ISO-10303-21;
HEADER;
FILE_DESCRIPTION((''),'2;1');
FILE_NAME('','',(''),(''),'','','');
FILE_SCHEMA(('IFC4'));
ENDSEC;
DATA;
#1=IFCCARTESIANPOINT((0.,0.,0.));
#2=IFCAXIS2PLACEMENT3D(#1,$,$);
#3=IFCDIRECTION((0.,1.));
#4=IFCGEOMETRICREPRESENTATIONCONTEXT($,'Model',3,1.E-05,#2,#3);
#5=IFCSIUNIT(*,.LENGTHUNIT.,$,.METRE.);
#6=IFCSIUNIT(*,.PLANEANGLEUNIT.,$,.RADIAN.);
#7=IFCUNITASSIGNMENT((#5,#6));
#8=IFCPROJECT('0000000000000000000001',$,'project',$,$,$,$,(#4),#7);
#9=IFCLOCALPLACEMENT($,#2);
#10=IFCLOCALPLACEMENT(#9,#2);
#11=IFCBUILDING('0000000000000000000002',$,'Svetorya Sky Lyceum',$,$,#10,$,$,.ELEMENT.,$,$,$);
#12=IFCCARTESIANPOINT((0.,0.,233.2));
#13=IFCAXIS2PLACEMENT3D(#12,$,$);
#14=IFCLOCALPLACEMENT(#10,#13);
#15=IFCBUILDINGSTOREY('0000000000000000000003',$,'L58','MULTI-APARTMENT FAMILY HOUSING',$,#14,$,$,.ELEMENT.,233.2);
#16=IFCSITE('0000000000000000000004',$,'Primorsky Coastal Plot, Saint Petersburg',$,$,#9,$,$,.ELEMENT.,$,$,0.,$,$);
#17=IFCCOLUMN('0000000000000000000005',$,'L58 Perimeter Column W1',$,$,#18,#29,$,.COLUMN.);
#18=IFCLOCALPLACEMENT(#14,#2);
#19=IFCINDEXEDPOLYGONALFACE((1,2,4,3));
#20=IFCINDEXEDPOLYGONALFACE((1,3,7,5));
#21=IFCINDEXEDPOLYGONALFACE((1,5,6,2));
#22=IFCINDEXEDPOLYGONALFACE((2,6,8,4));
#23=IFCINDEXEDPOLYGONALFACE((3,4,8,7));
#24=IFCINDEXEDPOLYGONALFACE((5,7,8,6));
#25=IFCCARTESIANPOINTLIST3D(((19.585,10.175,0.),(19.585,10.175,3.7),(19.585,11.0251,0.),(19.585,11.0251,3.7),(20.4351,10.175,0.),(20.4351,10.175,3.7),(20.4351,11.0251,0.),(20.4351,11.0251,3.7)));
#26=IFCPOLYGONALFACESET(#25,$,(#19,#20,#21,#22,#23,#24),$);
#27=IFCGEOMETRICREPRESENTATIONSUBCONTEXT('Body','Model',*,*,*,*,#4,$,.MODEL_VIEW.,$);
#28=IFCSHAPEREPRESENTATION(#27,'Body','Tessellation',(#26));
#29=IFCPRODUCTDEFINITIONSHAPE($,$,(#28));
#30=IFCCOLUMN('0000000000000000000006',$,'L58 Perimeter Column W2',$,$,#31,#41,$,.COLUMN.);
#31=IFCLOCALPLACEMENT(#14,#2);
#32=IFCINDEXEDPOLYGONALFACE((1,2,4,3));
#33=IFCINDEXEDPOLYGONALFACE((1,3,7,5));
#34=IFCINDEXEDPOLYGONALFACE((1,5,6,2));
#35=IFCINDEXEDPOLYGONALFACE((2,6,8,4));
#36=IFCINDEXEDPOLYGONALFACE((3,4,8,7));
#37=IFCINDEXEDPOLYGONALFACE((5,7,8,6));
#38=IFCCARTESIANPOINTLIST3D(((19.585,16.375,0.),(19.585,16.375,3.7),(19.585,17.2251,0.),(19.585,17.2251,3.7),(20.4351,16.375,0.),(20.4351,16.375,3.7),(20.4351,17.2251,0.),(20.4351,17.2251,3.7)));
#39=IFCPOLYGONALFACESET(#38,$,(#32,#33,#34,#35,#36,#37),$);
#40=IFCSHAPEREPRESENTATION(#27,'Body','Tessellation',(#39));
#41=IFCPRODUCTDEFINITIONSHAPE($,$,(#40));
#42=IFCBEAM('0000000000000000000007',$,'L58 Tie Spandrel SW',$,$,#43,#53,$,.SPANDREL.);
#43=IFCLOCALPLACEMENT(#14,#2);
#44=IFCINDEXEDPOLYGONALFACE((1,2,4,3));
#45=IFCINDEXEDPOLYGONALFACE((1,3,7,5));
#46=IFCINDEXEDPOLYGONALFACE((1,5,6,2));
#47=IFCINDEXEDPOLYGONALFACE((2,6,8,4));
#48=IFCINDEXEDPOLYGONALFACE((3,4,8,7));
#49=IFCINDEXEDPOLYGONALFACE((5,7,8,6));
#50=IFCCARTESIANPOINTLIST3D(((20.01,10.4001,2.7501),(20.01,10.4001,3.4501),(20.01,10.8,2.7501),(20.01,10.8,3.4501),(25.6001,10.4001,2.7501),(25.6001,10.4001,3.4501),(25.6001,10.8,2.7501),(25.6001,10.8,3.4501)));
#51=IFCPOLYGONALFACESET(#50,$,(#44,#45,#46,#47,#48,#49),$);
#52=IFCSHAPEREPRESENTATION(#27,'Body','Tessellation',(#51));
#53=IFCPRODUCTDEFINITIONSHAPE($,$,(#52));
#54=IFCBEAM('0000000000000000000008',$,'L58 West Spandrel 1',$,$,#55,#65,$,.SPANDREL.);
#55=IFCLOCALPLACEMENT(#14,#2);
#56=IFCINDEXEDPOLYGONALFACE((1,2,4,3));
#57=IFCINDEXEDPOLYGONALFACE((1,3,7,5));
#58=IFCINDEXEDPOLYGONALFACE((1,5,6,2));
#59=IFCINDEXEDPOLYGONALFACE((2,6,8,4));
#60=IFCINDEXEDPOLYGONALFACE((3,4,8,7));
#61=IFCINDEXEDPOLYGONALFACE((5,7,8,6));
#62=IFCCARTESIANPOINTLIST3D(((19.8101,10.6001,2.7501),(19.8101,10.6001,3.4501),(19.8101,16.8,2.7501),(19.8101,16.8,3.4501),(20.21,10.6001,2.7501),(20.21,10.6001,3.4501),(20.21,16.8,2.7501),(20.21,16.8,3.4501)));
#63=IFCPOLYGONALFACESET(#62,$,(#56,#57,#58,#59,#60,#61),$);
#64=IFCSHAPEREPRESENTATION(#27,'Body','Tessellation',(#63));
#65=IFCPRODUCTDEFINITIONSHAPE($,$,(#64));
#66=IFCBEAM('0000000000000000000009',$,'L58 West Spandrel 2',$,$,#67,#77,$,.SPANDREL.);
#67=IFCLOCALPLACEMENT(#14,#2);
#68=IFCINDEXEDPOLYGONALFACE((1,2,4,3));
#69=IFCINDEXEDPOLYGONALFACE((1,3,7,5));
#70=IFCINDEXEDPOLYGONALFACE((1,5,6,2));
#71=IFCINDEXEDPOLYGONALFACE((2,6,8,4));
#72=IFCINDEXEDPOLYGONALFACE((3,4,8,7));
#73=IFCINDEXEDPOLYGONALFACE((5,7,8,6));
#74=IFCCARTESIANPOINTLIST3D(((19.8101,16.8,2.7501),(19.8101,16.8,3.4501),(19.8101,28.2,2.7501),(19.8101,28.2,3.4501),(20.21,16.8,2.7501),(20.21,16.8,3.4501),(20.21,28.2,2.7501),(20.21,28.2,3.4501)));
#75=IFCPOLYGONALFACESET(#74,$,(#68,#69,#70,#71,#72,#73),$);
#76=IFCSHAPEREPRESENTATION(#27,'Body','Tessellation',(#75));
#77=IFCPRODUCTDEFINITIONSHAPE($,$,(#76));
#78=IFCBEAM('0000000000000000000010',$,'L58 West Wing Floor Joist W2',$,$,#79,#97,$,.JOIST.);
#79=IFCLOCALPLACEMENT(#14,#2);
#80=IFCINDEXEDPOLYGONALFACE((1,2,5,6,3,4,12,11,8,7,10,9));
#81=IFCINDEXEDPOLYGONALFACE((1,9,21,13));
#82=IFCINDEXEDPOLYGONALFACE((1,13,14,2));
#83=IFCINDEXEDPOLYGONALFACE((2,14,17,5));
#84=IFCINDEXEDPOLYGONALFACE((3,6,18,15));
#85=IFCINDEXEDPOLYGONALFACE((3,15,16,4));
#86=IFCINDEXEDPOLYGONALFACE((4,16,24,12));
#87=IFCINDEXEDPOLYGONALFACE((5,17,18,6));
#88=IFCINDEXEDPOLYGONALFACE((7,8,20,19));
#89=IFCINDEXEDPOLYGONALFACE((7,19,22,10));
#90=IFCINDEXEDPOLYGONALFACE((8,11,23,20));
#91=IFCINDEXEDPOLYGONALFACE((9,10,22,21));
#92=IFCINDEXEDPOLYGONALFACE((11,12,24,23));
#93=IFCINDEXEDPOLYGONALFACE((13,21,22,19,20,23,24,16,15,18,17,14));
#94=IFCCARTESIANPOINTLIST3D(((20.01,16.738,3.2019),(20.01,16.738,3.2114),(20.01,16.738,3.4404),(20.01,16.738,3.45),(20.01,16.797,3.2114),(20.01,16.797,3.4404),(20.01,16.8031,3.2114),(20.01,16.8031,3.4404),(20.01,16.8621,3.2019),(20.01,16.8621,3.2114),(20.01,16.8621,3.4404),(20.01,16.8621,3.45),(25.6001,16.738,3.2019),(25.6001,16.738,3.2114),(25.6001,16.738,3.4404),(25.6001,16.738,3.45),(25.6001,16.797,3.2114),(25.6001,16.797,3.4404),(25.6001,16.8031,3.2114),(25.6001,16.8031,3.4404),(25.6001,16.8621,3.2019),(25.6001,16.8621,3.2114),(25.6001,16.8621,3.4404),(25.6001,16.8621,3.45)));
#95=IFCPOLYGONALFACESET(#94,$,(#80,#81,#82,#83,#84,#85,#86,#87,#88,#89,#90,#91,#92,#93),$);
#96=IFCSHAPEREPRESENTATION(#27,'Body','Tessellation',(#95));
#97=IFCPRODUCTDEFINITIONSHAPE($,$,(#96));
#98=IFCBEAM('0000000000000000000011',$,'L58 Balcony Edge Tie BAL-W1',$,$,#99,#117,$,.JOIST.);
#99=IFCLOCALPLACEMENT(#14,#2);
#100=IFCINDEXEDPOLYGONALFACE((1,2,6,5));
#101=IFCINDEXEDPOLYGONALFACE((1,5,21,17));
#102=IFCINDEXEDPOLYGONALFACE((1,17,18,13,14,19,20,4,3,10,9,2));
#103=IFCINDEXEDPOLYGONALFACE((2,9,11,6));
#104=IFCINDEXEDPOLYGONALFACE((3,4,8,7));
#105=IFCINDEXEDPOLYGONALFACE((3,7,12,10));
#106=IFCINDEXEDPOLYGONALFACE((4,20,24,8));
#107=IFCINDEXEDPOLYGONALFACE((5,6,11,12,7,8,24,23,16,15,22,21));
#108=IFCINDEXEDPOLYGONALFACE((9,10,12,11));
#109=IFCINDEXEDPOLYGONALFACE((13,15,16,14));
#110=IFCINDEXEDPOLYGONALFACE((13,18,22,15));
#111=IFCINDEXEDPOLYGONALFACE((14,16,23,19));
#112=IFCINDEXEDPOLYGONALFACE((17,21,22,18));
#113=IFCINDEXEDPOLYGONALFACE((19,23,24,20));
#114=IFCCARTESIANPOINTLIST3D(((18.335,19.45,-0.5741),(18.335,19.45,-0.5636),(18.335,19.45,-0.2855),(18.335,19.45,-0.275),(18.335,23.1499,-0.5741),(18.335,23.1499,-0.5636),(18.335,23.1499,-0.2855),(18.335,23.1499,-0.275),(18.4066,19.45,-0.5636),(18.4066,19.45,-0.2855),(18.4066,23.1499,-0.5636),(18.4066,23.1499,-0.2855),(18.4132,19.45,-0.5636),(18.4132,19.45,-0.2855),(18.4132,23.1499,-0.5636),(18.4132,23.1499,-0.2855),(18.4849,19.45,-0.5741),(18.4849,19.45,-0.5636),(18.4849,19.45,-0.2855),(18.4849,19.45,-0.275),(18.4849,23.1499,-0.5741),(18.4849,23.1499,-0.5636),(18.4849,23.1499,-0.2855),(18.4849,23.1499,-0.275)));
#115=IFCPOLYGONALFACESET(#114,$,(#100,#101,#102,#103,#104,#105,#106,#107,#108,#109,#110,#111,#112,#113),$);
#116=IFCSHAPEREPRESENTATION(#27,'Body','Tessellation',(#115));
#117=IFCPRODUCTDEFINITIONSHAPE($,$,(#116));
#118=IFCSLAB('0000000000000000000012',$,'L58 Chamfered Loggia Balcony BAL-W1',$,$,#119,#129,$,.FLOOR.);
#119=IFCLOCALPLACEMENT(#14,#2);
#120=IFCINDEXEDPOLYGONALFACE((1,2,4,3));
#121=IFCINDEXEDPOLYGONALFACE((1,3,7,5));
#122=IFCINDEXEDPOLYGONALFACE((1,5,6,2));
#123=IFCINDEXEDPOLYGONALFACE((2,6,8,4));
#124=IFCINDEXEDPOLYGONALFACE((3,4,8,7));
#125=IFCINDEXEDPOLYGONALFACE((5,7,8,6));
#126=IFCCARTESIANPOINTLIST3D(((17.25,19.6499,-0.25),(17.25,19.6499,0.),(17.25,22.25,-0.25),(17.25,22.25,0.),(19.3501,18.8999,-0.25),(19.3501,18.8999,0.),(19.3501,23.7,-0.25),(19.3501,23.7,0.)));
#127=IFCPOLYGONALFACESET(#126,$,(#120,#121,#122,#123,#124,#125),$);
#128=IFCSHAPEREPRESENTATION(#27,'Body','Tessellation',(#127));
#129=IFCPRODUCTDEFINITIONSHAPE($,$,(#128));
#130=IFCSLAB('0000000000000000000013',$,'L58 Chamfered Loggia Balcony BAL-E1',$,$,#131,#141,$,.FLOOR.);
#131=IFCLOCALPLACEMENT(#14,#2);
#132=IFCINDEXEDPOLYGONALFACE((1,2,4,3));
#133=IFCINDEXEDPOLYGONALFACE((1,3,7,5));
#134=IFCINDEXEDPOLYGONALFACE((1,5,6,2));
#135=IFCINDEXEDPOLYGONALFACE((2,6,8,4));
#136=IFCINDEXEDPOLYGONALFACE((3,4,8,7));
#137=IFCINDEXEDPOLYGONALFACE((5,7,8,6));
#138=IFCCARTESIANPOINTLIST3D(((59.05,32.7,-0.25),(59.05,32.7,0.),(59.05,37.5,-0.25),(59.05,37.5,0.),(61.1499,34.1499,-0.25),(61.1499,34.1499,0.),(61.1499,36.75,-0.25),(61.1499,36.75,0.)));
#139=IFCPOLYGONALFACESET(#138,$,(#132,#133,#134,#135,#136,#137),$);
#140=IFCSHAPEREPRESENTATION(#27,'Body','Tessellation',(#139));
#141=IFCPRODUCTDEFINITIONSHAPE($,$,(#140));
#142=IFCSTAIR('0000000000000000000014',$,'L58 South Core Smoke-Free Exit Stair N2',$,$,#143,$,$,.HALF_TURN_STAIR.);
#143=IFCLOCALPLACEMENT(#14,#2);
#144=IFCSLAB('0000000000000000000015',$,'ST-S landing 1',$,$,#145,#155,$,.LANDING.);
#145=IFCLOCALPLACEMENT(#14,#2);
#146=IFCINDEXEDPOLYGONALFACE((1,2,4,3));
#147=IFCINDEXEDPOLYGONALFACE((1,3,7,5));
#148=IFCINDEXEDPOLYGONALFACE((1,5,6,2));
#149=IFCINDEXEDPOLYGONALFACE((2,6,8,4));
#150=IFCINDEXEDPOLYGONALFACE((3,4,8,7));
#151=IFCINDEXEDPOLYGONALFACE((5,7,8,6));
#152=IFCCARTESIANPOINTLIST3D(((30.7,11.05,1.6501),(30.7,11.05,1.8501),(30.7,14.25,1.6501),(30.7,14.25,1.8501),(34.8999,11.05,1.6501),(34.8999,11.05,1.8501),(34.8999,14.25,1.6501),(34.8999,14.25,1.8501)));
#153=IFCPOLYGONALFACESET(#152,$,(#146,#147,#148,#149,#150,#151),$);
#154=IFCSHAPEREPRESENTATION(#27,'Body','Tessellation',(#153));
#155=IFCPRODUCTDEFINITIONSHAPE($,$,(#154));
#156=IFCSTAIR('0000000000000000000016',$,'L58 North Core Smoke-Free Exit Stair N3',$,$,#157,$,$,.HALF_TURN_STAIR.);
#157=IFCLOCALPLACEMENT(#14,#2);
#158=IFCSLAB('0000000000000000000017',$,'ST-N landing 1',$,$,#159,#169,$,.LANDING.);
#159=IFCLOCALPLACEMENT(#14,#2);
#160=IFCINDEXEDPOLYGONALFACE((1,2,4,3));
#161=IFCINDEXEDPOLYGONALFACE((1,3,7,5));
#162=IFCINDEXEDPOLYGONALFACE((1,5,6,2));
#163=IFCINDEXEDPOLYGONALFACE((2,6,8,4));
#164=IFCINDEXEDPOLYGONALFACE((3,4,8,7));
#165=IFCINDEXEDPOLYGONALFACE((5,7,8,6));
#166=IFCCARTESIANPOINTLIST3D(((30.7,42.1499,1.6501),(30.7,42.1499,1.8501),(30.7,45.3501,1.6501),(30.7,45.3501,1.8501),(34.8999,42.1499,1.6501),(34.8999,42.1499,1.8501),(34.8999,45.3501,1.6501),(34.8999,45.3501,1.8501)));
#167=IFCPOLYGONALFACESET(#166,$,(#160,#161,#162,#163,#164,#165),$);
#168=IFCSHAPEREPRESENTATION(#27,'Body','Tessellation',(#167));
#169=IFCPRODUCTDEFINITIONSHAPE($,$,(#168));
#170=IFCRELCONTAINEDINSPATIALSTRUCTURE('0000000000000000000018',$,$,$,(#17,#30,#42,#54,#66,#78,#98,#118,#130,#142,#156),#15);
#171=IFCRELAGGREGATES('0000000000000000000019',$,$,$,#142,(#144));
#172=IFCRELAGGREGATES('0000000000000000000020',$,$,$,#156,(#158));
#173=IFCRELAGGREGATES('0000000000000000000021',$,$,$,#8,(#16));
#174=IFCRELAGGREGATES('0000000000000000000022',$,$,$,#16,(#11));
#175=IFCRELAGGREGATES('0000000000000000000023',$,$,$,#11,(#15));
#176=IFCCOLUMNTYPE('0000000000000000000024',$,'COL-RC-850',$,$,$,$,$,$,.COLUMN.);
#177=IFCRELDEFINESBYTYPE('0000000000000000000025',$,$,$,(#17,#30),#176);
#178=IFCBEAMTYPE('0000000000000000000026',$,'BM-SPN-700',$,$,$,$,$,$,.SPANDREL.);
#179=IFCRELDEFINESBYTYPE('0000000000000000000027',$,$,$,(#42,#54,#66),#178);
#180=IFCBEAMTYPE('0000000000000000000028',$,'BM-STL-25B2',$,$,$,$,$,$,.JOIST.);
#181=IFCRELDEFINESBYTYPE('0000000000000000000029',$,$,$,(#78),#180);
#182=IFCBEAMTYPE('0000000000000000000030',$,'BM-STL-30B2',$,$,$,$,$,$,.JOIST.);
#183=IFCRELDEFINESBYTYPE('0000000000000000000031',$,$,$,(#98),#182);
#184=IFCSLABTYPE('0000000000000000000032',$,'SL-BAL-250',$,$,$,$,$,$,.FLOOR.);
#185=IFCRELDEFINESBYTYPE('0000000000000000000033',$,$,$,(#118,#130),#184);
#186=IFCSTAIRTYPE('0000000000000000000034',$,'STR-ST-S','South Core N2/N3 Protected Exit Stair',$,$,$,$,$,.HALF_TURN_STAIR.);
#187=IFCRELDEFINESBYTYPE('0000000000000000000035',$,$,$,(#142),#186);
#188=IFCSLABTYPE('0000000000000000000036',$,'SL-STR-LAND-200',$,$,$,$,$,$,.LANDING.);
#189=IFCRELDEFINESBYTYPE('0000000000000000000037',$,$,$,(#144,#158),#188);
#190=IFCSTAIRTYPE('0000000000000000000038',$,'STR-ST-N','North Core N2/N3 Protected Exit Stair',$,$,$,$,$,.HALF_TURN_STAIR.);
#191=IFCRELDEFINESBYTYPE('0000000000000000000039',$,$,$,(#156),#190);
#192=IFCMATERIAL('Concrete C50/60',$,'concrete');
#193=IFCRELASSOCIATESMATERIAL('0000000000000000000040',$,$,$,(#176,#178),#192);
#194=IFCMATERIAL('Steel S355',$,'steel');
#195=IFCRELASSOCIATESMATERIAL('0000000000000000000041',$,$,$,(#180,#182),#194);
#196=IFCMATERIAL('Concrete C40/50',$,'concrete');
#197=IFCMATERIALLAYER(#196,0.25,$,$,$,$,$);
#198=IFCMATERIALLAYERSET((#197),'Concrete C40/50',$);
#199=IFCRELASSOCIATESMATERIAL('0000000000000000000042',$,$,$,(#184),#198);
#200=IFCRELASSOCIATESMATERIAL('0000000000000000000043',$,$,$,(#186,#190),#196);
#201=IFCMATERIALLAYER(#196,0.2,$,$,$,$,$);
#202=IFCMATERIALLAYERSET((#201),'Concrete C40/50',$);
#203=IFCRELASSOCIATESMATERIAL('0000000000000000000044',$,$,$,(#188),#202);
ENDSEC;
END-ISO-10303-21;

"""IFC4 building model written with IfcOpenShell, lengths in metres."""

from ifc_helpers import new_model, si_unit, direction, frame, origin, origin_2d, place, context, subcontext, project, spatial, polyline, rectangle, i_section, outline, extrude, material, layer, layer_set, material_profile, profile_set, type_object, element, aggregate, save


model = new_model("IFC4")

# Units and contexts
model_context = context("Model", 3, precision=1e-05, world=origin(), true_north=direction((0.0, 1.0)))
body_context = subcontext(model_context, "Body", "Model", "MODEL_VIEW")
ifc_project = project(units=[si_unit("LENGTHUNIT", "METRE"), si_unit("PLANEANGLEUNIT", "RADIAN")], contexts=[model_context])

# Site, building, storey
site_placement = place(None, origin())
site = spatial("IfcSite", under=ifc_project, at=site_placement, Name="Primorsky Coastal Plot, Saint Petersburg", CompositionType="ELEMENT", RefElevation=0.0)
building_placement = place(site_placement, origin())
building = spatial("IfcBuilding", under=site, at=building_placement, Name="Svetorya Sky Lyceum", CompositionType="ELEMENT")
storey_placement = place(building_placement, frame((0.0, 0.0, 233.2)))
storey = spatial("IfcBuildingStorey", under=building, at=storey_placement, Name="L58", Description="MULTI-APARTMENT FAMILY HOUSING", CompositionType="ELEMENT", Elevation=233.2)

# Columns
ifc_material_1 = material(Name="Concrete C50/60", Category="concrete")
ifc_material_profile_1 = material_profile(ifc_material_1, rectangle(XDim=0.8501, YDim=0.8501, at=origin_2d()), Name="RC COL 850x850")
ifc_profile_set_1 = profile_set([ifc_material_profile_1], Name="Concrete C50/60")
column_type = type_object("IfcColumnType", Name="COL-RC-850", PredefinedType="COLUMN", material=ifc_profile_set_1)
for number, where, z_axis, x_axis, name in (
    (1, (20.01, 10.6001, 0.0), (0.0, 0.0, 1.0), (1.0, 0.0, 0.0), "L58 Perimeter Column W1"),
    (2, (20.01, 16.8, 0.0), (0.0, 0.0, 1.0), (1.0, 0.0, 0.0), "L58 Perimeter Column W2"),
):
    element("IfcColumn", number, at=place(storey_placement, frame(where, z_axis=z_axis, x_axis=x_axis)), inside=storey, type_object=column_type, Name=name, PredefinedType="COLUMN", context=body_context, shape_type="SweptSolid", body=[
        extrude(rectangle(XDim=0.8501, YDim=0.8501, at=origin_2d()), origin(), (0.0, 0.0, 1.0), 3.7),
    ])

# Beams
ifc_material_profile_2 = material_profile(ifc_material_1, rectangle(XDim=0.3999, YDim=0.7, at=origin_2d()), Name="RC SPANDREL 400x700")
ifc_profile_set_2 = profile_set([ifc_material_profile_2], Name="Concrete C50/60")
beam_type_1 = type_object("IfcBeamType", Name="BM-SPN-700", PredefinedType="SPANDREL", material=ifc_profile_set_2)
beam_1_placement = place(storey_placement, frame((20.01, 10.6001, 3.1001), z_axis=(1.0, 0.0, 0.0), x_axis=(0.0, 1.0, 0.0)))
element("IfcBeam", 3, at=beam_1_placement, inside=storey, type_object=beam_type_1, Name="L58 Tie Spandrel SW", PredefinedType="SPANDREL", context=body_context, shape_type="SweptSolid", body=[
    extrude(rectangle(XDim=0.3999, YDim=0.7, at=origin_2d()), origin(), (0.0, 0.0, 1.0), 5.5901),
])
beam_2_placement = place(storey_placement, frame((20.01, 10.6001, 3.1001), z_axis=(0.0, 1.0, 0.0), x_axis=(-1.0, 0.0, 0.0)))
element("IfcBeam", 4, at=beam_2_placement, inside=storey, type_object=beam_type_1, Name="L58 West Spandrel 1", PredefinedType="SPANDREL", context=body_context, shape_type="SweptSolid", body=[
    extrude(rectangle(XDim=0.3999, YDim=0.7, at=origin_2d()), origin(), (0.0, 0.0, 1.0), 6.2),
])
beam_3_placement = place(storey_placement, frame((20.01, 16.8, 3.1001), z_axis=(0.0, 1.0, 0.0), x_axis=(-1.0, 0.0, 0.0)))
element("IfcBeam", 5, at=beam_3_placement, inside=storey, type_object=beam_type_1, Name="L58 West Spandrel 2", PredefinedType="SPANDREL", context=body_context, shape_type="SweptSolid", body=[
    extrude(rectangle(XDim=0.3999, YDim=0.7, at=origin_2d()), origin(), (0.0, 0.0, 1.0), 11.3999),
])
ifc_material_2 = material(Name="Steel S355", Category="steel")
ifc_material_profile_3 = material_profile(ifc_material_2, i_section(OverallWidth=0.124, OverallDepth=0.248, WebThickness=0.0061, FlangeThickness=0.0095, at=origin_2d()), Name="GOST 25B2")
ifc_profile_set_3 = profile_set([ifc_material_profile_3], Name="Steel S355")
beam_type_2 = type_object("IfcBeamType", Name="BM-STL-25B2", PredefinedType="JOIST", material=ifc_profile_set_3)
beam_4_placement = place(storey_placement, frame((20.01, 16.8, 3.3259), z_axis=(1.0, 0.0, 0.0), x_axis=(0.0, 1.0, 0.0)))
element("IfcBeam", 6, at=beam_4_placement, inside=storey, type_object=beam_type_2, Name="L58 West Wing Floor Joist W2", PredefinedType="JOIST", context=body_context, shape_type="SweptSolid", body=[
    extrude(i_section(OverallWidth=0.124, OverallDepth=0.248, WebThickness=0.0061, FlangeThickness=0.0095, at=origin_2d()), origin(), (0.0, 0.0, 1.0), 5.5901),
])
ifc_material_profile_4 = material_profile(ifc_material_2, i_section(OverallWidth=0.1499, OverallDepth=0.2991, WebThickness=0.0066, FlangeThickness=0.0105, at=origin_2d()), Name="GOST 30B2")
ifc_profile_set_4 = profile_set([ifc_material_profile_4], Name="Steel S355")
beam_type_3 = type_object("IfcBeamType", Name="BM-STL-30B2", PredefinedType="JOIST", material=ifc_profile_set_4)
beam_5_placement = place(storey_placement, frame((18.4099, 19.45, -0.4246), z_axis=(0.0, 1.0, 0.0), x_axis=(-1.0, 0.0, 0.0)))
element("IfcBeam", 7, at=beam_5_placement, inside=storey, type_object=beam_type_3, Name="L58 Balcony Edge Tie BAL-W1", PredefinedType="JOIST", context=body_context, shape_type="SweptSolid", body=[
    extrude(i_section(OverallWidth=0.1499, OverallDepth=0.2991, WebThickness=0.0066, FlangeThickness=0.0105, at=origin_2d()), origin(), (0.0, 0.0, 1.0), 3.7),
])

# Slabs
ifc_material_3 = material(Name="Concrete C40/50", Category="concrete")
ifc_layer_1 = layer(ifc_material_3, 0.25)
ifc_layer_set_1 = layer_set([ifc_layer_1], Name="Concrete C40/50")
slab_type_1 = type_object("IfcSlabType", Name="SL-BAL-250", PredefinedType="FLOOR", material=ifc_layer_set_1)
slab_1_placement = place(storey_placement, frame((0.0, 0.0, -0.25)))
element("IfcSlab", 8, at=slab_1_placement, inside=storey, type_object=slab_type_1, Name="L58 Chamfered Loggia Balcony BAL-W1", PredefinedType="FLOOR", context=body_context, shape_type="SweptSolid", body=[
    extrude(outline(polyline([(19.3501, 18.8999), (19.3501, 23.7), (17.25, 22.25), (17.25, 19.6499), (19.3501, 18.8999)])), origin(), (0.0, 0.0, 1.0), 0.25),
])
slab_2_placement = place(storey_placement, frame((0.0, 0.0, -0.25)))
element("IfcSlab", 9, at=slab_2_placement, inside=storey, type_object=slab_type_1, Name="L58 Chamfered Loggia Balcony BAL-E1", PredefinedType="FLOOR", context=body_context, shape_type="SweptSolid", body=[
    extrude(outline(polyline([(59.05, 32.7), (61.1499, 34.1499), (61.1499, 36.75), (59.05, 37.5), (59.05, 32.7)])), origin(), (0.0, 0.0, 1.0), 0.25),
])

# Stairs, slabs
stair_type_1 = type_object("IfcStairType", Name="STR-ST-S", Description="South Core N2/N3 Protected Exit Stair", PredefinedType="HALF_TURN_STAIR", material=ifc_material_3)
stair_1_placement = place(storey_placement, origin())
stair_1 = element("IfcStair", 10, at=stair_1_placement, inside=storey, type_object=stair_type_1, Name="L58 South Core Smoke-Free Exit Stair N2", PredefinedType="HALF_TURN_STAIR")
ifc_layer_2 = layer(ifc_material_3, 0.2)
ifc_layer_set_2 = layer_set([ifc_layer_2], Name="Concrete C40/50")
slab_type_2 = type_object("IfcSlabType", Name="SL-STR-LAND-200", PredefinedType="LANDING", material=ifc_layer_set_2)
slab_3_placement = place(storey_placement, frame((0.0, 0.0, 1.6501)))
slab_3 = element("IfcSlab", 11, at=slab_3_placement, type_object=slab_type_2, Name="ST-S landing 1", PredefinedType="LANDING", context=body_context, shape_type="SweptSolid", body=[
    extrude(outline(polyline([(30.7, 11.05), (34.8999, 11.05), (34.8999, 14.25), (30.7, 14.25), (30.7, 11.05)])), origin(), (0.0, 0.0, 1.0), 0.2),
])
aggregate(stair_1, [slab_3])
stair_type_2 = type_object("IfcStairType", Name="STR-ST-N", Description="North Core N2/N3 Protected Exit Stair", PredefinedType="HALF_TURN_STAIR", material=ifc_material_3)
stair_2_placement = place(storey_placement, origin())
stair_2 = element("IfcStair", 12, at=stair_2_placement, inside=storey, type_object=stair_type_2, Name="L58 North Core Smoke-Free Exit Stair N3", PredefinedType="HALF_TURN_STAIR")
slab_4_placement = place(storey_placement, frame((0.0, 0.0, 1.6501)))
slab_4 = element("IfcSlab", 13, at=slab_4_placement, type_object=slab_type_2, Name="ST-N landing 1", PredefinedType="LANDING", context=body_context, shape_type="SweptSolid", body=[
    extrude(outline(polyline([(30.7, 42.1499), (34.8999, 42.1499), (34.8999, 45.3501), (30.7, 45.3501), (30.7, 42.1499)])), origin(), (0.0, 0.0, 1.0), 0.2),
])
aggregate(stair_2, [slab_4])

save(model, "model.ifc")
